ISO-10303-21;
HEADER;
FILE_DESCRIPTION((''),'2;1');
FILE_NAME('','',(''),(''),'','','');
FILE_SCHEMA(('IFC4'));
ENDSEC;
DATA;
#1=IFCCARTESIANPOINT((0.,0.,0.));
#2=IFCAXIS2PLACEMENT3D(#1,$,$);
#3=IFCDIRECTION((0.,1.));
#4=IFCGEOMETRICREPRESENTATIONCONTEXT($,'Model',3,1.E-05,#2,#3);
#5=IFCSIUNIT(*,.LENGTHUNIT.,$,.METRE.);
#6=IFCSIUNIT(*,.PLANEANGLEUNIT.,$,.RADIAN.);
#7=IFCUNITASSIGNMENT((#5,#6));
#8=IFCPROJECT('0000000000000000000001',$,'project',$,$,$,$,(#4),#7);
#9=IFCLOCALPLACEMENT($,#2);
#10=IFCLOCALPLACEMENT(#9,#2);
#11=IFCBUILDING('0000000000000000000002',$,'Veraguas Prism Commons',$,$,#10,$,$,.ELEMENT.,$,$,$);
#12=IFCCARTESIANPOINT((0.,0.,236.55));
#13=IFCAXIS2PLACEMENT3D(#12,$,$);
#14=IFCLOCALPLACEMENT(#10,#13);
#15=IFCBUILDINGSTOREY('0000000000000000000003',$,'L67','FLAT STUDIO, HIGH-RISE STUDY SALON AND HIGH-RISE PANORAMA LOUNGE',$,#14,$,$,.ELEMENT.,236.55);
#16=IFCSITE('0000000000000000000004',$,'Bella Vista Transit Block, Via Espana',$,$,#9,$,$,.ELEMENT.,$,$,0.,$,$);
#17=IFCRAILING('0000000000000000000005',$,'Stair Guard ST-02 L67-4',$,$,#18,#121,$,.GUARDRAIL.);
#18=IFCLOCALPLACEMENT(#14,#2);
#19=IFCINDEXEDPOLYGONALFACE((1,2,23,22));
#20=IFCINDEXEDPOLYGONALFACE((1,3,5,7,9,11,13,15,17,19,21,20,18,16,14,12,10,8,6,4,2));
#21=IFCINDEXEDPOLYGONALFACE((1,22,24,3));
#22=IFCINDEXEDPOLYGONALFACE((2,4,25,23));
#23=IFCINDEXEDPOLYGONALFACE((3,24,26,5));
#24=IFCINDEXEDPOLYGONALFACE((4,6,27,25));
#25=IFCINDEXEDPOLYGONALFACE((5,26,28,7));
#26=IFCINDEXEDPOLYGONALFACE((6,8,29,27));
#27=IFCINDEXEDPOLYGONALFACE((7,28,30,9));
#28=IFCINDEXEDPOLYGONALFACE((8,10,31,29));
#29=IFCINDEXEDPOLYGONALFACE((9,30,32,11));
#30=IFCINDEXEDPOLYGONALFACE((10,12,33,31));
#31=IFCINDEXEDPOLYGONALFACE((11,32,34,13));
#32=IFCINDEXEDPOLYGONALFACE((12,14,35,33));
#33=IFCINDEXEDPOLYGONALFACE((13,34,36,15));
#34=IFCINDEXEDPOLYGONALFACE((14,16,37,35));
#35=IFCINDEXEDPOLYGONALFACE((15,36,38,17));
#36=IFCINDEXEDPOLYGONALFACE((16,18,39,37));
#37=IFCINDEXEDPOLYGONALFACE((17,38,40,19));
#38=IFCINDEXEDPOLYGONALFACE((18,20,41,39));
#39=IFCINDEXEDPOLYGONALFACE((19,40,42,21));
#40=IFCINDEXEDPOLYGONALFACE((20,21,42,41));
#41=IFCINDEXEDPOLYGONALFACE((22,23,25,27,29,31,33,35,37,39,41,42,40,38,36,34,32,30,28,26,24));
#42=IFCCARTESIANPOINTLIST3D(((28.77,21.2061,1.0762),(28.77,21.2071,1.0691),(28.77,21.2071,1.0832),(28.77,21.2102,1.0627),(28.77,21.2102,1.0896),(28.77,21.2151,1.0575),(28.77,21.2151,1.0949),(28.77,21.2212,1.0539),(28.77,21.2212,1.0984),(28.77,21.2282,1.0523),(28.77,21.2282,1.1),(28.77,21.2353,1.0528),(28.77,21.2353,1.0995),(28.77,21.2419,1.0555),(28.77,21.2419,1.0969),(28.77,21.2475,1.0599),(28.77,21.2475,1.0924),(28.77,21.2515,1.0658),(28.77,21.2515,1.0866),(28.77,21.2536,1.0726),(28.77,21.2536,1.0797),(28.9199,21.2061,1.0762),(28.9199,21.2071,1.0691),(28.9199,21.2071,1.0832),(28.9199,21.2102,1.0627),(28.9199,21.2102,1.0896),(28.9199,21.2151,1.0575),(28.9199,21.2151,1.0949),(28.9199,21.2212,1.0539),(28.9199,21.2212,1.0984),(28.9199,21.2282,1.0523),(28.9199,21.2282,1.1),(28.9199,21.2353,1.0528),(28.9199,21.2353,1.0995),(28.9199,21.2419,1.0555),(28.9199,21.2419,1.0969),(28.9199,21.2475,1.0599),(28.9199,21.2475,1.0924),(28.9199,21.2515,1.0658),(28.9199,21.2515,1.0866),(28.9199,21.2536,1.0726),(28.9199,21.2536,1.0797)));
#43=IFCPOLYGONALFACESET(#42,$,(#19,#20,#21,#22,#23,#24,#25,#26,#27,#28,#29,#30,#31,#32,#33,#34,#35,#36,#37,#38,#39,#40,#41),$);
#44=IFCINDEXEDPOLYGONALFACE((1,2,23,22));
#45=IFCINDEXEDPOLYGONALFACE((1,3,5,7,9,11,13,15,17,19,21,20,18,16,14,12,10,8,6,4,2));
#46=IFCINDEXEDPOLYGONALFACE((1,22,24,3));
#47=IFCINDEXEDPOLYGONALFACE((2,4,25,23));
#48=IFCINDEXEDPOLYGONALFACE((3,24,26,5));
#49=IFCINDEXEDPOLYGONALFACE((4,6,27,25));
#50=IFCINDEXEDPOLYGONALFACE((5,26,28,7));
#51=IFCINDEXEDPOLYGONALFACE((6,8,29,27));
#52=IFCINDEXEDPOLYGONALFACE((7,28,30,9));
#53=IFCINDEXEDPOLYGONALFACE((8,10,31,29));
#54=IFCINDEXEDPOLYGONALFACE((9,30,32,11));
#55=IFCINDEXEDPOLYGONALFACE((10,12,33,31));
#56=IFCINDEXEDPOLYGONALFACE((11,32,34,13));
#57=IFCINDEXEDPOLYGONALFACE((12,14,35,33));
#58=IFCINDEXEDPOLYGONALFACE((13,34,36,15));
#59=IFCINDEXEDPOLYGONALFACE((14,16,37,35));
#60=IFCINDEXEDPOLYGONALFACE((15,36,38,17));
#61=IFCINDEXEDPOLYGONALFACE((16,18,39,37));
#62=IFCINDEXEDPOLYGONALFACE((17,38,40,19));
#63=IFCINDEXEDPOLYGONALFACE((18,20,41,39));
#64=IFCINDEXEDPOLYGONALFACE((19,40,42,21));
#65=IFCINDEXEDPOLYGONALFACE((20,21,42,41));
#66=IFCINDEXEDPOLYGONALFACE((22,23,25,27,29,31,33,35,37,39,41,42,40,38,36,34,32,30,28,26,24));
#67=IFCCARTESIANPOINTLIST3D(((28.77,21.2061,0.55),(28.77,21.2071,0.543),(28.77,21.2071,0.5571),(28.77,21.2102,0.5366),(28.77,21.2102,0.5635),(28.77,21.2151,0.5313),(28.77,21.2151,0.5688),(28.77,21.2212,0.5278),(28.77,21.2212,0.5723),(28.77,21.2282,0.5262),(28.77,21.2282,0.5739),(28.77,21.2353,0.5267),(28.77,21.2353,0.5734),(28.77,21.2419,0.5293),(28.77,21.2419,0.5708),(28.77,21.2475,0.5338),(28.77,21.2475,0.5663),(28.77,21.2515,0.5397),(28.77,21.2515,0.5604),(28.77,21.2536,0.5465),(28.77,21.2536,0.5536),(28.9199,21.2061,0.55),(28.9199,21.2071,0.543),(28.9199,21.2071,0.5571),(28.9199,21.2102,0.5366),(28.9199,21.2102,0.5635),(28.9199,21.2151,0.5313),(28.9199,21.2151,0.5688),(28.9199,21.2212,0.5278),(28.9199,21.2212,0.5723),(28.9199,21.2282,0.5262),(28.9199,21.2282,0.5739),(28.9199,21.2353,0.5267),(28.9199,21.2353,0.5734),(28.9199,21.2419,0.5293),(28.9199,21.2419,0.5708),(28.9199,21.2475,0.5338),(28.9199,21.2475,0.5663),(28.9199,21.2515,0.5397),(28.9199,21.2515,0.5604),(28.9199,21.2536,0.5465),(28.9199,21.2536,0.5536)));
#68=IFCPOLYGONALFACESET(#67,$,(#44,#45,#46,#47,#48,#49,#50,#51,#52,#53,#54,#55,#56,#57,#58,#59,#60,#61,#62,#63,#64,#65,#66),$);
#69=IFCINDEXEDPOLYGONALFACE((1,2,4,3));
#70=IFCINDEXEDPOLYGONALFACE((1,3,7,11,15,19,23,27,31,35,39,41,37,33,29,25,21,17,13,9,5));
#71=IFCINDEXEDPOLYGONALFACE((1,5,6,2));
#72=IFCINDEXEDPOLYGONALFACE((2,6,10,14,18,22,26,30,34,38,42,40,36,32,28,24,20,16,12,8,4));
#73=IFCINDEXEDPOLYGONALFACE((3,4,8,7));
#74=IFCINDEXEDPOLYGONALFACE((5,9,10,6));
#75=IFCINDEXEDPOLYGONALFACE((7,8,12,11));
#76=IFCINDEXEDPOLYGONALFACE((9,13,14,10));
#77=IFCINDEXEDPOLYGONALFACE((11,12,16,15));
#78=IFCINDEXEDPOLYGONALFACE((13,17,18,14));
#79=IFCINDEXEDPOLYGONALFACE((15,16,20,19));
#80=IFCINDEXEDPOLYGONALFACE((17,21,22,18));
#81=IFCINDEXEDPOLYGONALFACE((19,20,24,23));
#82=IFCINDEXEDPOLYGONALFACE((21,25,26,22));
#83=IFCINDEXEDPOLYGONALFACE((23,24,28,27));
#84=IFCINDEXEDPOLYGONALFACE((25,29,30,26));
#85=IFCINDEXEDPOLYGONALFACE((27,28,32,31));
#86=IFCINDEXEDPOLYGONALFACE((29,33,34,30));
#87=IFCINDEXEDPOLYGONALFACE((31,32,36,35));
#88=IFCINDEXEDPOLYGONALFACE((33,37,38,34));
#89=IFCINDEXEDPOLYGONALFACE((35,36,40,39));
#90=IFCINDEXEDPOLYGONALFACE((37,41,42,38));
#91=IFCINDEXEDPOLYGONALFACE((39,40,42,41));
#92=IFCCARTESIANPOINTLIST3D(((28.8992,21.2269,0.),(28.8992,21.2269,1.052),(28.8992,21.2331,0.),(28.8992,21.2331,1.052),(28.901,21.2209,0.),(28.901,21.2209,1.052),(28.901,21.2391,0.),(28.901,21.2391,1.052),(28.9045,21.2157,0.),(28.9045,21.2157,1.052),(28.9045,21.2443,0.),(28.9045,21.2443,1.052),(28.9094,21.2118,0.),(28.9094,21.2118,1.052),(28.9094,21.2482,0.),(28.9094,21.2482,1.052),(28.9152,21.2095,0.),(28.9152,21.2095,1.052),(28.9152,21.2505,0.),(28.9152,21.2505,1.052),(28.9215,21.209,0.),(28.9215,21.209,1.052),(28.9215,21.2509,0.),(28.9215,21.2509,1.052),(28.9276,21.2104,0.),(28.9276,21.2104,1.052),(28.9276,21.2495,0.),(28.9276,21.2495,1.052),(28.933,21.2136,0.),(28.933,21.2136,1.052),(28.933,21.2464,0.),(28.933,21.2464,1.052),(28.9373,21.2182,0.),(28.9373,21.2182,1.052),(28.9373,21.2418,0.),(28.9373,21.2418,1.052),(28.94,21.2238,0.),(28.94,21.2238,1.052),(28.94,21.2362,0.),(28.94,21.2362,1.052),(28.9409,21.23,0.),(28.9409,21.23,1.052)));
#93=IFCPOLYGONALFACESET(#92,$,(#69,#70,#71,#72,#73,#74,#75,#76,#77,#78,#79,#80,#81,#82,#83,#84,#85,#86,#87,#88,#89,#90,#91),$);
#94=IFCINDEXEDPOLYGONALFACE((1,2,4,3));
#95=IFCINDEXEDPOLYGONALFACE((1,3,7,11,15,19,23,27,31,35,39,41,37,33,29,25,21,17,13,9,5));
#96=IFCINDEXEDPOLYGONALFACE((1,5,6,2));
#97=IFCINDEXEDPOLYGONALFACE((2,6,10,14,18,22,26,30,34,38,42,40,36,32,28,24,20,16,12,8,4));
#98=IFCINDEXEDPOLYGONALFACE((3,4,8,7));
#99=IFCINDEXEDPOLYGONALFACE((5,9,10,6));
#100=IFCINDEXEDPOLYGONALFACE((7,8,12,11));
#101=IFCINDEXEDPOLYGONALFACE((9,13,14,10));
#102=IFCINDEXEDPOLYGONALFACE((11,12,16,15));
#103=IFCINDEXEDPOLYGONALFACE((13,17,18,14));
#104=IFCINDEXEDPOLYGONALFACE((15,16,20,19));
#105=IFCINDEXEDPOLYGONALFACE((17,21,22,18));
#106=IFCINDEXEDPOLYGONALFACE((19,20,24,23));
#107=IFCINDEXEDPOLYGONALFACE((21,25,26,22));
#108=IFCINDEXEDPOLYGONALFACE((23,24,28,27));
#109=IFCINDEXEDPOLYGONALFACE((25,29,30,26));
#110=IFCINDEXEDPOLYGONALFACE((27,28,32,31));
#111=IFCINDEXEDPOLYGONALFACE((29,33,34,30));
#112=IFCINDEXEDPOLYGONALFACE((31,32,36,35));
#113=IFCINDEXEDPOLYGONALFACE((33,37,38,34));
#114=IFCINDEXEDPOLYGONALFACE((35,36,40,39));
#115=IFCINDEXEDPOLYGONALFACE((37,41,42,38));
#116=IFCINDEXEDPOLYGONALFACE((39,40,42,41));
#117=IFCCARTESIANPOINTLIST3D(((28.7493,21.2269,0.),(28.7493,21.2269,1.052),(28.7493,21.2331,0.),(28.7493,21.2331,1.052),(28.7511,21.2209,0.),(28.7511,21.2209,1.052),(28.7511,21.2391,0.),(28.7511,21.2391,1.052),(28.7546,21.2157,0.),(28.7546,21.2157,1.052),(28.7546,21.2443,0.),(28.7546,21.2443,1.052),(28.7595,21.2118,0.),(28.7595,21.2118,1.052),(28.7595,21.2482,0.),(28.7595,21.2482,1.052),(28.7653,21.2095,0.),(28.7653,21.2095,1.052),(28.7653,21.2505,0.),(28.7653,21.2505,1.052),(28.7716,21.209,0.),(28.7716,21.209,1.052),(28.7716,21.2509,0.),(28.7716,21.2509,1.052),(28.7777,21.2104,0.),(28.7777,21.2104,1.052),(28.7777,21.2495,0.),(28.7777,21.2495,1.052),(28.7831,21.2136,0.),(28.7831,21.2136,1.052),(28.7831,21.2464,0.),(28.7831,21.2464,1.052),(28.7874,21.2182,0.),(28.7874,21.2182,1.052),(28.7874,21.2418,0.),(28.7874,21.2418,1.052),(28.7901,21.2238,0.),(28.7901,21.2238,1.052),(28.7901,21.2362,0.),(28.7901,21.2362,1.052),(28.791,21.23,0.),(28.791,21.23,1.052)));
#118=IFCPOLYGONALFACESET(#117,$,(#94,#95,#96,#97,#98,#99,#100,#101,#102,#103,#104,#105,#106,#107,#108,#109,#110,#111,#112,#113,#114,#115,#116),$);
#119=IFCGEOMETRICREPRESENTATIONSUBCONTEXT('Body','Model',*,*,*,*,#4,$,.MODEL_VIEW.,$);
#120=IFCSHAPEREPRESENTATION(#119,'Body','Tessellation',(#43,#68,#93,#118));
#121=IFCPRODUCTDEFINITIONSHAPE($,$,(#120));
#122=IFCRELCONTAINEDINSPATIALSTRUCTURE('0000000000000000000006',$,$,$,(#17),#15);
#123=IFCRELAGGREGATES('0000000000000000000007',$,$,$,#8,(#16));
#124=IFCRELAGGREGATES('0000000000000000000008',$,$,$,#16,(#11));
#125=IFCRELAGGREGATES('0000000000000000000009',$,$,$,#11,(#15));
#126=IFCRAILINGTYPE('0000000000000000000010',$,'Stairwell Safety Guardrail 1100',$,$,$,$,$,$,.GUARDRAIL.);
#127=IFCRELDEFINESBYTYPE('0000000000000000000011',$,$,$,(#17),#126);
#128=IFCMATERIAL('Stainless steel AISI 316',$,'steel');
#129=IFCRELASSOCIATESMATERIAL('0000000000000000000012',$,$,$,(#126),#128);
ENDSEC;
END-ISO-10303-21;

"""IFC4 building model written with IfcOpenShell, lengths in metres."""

from ifc_helpers import new_model, si_unit, direction, frame, origin, origin_2d, place, context, subcontext, project, spatial, circle, extrude, material, type_object, element, save


model = new_model("IFC4")

# Units and contexts
model_context = context("Model", 3, precision=1e-05, world=origin(), true_north=direction((0.0, 1.0)))
body_context = subcontext(model_context, "Body", "Model", "MODEL_VIEW")
ifc_project = project(units=[si_unit("LENGTHUNIT", "METRE"), si_unit("PLANEANGLEUNIT", "RADIAN")], contexts=[model_context])

# Site, building, storey
site_placement = place(None, origin())
site = spatial("IfcSite", under=ifc_project, at=site_placement, Name="Bella Vista Transit Block, Via Espana", CompositionType="ELEMENT", RefElevation=0.0)
building_placement = place(site_placement, origin())
building = spatial("IfcBuilding", under=site, at=building_placement, Name="Veraguas Prism Commons", CompositionType="ELEMENT")
storey_placement = place(building_placement, frame((0.0, 0.0, 236.55)))
storey = spatial("IfcBuildingStorey", under=building, at=storey_placement, Name="L67", Description="FLAT STUDIO, HIGH-RISE STUDY SALON AND HIGH-RISE PANORAMA LOUNGE", CompositionType="ELEMENT", Elevation=236.55)

# Railing
ifc_material_1 = material(Name="Stainless steel AISI 316", Category="steel")
railing_type_1 = type_object("IfcRailingType", Name="Stairwell Safety Guardrail 1100", PredefinedType="GUARDRAIL", material=ifc_material_1)
railing_1_placement = place(storey_placement, frame((28.9199, 21.23, 0.0)))
element("IfcRailing", 1, at=railing_1_placement, inside=storey, type_object=railing_type_1, Name="Stair Guard ST-02 L67-4", PredefinedType="GUARDRAIL", context=body_context, shape_type="SweptSolid", body=[
    extrude(circle(Radius=0.0239, at=origin_2d()), frame((0.0, 0.0, 1.0762), z_axis=(-1.0, 0.0, 0.0), x_axis=(0.0, -1.0, 0.0)), (0.0, 0.0, 1.0), 0.1499),
    extrude(circle(Radius=0.0239, at=origin_2d()), frame((0.0, 0.0, 0.55), z_axis=(-1.0, 0.0, 0.0), x_axis=(0.0, -1.0, 0.0)), (0.0, 0.0, 1.0), 0.1499),
    extrude(circle(Radius=0.021, at=origin_2d()), origin(), (0.0, 0.0, 1.0), 1.052),
    extrude(circle(Radius=0.021, at=origin_2d()), frame((-0.1499, 0.0, 0.0)), (0.0, 0.0, 1.0), 1.052),
])

save(model, "model.ifc")
